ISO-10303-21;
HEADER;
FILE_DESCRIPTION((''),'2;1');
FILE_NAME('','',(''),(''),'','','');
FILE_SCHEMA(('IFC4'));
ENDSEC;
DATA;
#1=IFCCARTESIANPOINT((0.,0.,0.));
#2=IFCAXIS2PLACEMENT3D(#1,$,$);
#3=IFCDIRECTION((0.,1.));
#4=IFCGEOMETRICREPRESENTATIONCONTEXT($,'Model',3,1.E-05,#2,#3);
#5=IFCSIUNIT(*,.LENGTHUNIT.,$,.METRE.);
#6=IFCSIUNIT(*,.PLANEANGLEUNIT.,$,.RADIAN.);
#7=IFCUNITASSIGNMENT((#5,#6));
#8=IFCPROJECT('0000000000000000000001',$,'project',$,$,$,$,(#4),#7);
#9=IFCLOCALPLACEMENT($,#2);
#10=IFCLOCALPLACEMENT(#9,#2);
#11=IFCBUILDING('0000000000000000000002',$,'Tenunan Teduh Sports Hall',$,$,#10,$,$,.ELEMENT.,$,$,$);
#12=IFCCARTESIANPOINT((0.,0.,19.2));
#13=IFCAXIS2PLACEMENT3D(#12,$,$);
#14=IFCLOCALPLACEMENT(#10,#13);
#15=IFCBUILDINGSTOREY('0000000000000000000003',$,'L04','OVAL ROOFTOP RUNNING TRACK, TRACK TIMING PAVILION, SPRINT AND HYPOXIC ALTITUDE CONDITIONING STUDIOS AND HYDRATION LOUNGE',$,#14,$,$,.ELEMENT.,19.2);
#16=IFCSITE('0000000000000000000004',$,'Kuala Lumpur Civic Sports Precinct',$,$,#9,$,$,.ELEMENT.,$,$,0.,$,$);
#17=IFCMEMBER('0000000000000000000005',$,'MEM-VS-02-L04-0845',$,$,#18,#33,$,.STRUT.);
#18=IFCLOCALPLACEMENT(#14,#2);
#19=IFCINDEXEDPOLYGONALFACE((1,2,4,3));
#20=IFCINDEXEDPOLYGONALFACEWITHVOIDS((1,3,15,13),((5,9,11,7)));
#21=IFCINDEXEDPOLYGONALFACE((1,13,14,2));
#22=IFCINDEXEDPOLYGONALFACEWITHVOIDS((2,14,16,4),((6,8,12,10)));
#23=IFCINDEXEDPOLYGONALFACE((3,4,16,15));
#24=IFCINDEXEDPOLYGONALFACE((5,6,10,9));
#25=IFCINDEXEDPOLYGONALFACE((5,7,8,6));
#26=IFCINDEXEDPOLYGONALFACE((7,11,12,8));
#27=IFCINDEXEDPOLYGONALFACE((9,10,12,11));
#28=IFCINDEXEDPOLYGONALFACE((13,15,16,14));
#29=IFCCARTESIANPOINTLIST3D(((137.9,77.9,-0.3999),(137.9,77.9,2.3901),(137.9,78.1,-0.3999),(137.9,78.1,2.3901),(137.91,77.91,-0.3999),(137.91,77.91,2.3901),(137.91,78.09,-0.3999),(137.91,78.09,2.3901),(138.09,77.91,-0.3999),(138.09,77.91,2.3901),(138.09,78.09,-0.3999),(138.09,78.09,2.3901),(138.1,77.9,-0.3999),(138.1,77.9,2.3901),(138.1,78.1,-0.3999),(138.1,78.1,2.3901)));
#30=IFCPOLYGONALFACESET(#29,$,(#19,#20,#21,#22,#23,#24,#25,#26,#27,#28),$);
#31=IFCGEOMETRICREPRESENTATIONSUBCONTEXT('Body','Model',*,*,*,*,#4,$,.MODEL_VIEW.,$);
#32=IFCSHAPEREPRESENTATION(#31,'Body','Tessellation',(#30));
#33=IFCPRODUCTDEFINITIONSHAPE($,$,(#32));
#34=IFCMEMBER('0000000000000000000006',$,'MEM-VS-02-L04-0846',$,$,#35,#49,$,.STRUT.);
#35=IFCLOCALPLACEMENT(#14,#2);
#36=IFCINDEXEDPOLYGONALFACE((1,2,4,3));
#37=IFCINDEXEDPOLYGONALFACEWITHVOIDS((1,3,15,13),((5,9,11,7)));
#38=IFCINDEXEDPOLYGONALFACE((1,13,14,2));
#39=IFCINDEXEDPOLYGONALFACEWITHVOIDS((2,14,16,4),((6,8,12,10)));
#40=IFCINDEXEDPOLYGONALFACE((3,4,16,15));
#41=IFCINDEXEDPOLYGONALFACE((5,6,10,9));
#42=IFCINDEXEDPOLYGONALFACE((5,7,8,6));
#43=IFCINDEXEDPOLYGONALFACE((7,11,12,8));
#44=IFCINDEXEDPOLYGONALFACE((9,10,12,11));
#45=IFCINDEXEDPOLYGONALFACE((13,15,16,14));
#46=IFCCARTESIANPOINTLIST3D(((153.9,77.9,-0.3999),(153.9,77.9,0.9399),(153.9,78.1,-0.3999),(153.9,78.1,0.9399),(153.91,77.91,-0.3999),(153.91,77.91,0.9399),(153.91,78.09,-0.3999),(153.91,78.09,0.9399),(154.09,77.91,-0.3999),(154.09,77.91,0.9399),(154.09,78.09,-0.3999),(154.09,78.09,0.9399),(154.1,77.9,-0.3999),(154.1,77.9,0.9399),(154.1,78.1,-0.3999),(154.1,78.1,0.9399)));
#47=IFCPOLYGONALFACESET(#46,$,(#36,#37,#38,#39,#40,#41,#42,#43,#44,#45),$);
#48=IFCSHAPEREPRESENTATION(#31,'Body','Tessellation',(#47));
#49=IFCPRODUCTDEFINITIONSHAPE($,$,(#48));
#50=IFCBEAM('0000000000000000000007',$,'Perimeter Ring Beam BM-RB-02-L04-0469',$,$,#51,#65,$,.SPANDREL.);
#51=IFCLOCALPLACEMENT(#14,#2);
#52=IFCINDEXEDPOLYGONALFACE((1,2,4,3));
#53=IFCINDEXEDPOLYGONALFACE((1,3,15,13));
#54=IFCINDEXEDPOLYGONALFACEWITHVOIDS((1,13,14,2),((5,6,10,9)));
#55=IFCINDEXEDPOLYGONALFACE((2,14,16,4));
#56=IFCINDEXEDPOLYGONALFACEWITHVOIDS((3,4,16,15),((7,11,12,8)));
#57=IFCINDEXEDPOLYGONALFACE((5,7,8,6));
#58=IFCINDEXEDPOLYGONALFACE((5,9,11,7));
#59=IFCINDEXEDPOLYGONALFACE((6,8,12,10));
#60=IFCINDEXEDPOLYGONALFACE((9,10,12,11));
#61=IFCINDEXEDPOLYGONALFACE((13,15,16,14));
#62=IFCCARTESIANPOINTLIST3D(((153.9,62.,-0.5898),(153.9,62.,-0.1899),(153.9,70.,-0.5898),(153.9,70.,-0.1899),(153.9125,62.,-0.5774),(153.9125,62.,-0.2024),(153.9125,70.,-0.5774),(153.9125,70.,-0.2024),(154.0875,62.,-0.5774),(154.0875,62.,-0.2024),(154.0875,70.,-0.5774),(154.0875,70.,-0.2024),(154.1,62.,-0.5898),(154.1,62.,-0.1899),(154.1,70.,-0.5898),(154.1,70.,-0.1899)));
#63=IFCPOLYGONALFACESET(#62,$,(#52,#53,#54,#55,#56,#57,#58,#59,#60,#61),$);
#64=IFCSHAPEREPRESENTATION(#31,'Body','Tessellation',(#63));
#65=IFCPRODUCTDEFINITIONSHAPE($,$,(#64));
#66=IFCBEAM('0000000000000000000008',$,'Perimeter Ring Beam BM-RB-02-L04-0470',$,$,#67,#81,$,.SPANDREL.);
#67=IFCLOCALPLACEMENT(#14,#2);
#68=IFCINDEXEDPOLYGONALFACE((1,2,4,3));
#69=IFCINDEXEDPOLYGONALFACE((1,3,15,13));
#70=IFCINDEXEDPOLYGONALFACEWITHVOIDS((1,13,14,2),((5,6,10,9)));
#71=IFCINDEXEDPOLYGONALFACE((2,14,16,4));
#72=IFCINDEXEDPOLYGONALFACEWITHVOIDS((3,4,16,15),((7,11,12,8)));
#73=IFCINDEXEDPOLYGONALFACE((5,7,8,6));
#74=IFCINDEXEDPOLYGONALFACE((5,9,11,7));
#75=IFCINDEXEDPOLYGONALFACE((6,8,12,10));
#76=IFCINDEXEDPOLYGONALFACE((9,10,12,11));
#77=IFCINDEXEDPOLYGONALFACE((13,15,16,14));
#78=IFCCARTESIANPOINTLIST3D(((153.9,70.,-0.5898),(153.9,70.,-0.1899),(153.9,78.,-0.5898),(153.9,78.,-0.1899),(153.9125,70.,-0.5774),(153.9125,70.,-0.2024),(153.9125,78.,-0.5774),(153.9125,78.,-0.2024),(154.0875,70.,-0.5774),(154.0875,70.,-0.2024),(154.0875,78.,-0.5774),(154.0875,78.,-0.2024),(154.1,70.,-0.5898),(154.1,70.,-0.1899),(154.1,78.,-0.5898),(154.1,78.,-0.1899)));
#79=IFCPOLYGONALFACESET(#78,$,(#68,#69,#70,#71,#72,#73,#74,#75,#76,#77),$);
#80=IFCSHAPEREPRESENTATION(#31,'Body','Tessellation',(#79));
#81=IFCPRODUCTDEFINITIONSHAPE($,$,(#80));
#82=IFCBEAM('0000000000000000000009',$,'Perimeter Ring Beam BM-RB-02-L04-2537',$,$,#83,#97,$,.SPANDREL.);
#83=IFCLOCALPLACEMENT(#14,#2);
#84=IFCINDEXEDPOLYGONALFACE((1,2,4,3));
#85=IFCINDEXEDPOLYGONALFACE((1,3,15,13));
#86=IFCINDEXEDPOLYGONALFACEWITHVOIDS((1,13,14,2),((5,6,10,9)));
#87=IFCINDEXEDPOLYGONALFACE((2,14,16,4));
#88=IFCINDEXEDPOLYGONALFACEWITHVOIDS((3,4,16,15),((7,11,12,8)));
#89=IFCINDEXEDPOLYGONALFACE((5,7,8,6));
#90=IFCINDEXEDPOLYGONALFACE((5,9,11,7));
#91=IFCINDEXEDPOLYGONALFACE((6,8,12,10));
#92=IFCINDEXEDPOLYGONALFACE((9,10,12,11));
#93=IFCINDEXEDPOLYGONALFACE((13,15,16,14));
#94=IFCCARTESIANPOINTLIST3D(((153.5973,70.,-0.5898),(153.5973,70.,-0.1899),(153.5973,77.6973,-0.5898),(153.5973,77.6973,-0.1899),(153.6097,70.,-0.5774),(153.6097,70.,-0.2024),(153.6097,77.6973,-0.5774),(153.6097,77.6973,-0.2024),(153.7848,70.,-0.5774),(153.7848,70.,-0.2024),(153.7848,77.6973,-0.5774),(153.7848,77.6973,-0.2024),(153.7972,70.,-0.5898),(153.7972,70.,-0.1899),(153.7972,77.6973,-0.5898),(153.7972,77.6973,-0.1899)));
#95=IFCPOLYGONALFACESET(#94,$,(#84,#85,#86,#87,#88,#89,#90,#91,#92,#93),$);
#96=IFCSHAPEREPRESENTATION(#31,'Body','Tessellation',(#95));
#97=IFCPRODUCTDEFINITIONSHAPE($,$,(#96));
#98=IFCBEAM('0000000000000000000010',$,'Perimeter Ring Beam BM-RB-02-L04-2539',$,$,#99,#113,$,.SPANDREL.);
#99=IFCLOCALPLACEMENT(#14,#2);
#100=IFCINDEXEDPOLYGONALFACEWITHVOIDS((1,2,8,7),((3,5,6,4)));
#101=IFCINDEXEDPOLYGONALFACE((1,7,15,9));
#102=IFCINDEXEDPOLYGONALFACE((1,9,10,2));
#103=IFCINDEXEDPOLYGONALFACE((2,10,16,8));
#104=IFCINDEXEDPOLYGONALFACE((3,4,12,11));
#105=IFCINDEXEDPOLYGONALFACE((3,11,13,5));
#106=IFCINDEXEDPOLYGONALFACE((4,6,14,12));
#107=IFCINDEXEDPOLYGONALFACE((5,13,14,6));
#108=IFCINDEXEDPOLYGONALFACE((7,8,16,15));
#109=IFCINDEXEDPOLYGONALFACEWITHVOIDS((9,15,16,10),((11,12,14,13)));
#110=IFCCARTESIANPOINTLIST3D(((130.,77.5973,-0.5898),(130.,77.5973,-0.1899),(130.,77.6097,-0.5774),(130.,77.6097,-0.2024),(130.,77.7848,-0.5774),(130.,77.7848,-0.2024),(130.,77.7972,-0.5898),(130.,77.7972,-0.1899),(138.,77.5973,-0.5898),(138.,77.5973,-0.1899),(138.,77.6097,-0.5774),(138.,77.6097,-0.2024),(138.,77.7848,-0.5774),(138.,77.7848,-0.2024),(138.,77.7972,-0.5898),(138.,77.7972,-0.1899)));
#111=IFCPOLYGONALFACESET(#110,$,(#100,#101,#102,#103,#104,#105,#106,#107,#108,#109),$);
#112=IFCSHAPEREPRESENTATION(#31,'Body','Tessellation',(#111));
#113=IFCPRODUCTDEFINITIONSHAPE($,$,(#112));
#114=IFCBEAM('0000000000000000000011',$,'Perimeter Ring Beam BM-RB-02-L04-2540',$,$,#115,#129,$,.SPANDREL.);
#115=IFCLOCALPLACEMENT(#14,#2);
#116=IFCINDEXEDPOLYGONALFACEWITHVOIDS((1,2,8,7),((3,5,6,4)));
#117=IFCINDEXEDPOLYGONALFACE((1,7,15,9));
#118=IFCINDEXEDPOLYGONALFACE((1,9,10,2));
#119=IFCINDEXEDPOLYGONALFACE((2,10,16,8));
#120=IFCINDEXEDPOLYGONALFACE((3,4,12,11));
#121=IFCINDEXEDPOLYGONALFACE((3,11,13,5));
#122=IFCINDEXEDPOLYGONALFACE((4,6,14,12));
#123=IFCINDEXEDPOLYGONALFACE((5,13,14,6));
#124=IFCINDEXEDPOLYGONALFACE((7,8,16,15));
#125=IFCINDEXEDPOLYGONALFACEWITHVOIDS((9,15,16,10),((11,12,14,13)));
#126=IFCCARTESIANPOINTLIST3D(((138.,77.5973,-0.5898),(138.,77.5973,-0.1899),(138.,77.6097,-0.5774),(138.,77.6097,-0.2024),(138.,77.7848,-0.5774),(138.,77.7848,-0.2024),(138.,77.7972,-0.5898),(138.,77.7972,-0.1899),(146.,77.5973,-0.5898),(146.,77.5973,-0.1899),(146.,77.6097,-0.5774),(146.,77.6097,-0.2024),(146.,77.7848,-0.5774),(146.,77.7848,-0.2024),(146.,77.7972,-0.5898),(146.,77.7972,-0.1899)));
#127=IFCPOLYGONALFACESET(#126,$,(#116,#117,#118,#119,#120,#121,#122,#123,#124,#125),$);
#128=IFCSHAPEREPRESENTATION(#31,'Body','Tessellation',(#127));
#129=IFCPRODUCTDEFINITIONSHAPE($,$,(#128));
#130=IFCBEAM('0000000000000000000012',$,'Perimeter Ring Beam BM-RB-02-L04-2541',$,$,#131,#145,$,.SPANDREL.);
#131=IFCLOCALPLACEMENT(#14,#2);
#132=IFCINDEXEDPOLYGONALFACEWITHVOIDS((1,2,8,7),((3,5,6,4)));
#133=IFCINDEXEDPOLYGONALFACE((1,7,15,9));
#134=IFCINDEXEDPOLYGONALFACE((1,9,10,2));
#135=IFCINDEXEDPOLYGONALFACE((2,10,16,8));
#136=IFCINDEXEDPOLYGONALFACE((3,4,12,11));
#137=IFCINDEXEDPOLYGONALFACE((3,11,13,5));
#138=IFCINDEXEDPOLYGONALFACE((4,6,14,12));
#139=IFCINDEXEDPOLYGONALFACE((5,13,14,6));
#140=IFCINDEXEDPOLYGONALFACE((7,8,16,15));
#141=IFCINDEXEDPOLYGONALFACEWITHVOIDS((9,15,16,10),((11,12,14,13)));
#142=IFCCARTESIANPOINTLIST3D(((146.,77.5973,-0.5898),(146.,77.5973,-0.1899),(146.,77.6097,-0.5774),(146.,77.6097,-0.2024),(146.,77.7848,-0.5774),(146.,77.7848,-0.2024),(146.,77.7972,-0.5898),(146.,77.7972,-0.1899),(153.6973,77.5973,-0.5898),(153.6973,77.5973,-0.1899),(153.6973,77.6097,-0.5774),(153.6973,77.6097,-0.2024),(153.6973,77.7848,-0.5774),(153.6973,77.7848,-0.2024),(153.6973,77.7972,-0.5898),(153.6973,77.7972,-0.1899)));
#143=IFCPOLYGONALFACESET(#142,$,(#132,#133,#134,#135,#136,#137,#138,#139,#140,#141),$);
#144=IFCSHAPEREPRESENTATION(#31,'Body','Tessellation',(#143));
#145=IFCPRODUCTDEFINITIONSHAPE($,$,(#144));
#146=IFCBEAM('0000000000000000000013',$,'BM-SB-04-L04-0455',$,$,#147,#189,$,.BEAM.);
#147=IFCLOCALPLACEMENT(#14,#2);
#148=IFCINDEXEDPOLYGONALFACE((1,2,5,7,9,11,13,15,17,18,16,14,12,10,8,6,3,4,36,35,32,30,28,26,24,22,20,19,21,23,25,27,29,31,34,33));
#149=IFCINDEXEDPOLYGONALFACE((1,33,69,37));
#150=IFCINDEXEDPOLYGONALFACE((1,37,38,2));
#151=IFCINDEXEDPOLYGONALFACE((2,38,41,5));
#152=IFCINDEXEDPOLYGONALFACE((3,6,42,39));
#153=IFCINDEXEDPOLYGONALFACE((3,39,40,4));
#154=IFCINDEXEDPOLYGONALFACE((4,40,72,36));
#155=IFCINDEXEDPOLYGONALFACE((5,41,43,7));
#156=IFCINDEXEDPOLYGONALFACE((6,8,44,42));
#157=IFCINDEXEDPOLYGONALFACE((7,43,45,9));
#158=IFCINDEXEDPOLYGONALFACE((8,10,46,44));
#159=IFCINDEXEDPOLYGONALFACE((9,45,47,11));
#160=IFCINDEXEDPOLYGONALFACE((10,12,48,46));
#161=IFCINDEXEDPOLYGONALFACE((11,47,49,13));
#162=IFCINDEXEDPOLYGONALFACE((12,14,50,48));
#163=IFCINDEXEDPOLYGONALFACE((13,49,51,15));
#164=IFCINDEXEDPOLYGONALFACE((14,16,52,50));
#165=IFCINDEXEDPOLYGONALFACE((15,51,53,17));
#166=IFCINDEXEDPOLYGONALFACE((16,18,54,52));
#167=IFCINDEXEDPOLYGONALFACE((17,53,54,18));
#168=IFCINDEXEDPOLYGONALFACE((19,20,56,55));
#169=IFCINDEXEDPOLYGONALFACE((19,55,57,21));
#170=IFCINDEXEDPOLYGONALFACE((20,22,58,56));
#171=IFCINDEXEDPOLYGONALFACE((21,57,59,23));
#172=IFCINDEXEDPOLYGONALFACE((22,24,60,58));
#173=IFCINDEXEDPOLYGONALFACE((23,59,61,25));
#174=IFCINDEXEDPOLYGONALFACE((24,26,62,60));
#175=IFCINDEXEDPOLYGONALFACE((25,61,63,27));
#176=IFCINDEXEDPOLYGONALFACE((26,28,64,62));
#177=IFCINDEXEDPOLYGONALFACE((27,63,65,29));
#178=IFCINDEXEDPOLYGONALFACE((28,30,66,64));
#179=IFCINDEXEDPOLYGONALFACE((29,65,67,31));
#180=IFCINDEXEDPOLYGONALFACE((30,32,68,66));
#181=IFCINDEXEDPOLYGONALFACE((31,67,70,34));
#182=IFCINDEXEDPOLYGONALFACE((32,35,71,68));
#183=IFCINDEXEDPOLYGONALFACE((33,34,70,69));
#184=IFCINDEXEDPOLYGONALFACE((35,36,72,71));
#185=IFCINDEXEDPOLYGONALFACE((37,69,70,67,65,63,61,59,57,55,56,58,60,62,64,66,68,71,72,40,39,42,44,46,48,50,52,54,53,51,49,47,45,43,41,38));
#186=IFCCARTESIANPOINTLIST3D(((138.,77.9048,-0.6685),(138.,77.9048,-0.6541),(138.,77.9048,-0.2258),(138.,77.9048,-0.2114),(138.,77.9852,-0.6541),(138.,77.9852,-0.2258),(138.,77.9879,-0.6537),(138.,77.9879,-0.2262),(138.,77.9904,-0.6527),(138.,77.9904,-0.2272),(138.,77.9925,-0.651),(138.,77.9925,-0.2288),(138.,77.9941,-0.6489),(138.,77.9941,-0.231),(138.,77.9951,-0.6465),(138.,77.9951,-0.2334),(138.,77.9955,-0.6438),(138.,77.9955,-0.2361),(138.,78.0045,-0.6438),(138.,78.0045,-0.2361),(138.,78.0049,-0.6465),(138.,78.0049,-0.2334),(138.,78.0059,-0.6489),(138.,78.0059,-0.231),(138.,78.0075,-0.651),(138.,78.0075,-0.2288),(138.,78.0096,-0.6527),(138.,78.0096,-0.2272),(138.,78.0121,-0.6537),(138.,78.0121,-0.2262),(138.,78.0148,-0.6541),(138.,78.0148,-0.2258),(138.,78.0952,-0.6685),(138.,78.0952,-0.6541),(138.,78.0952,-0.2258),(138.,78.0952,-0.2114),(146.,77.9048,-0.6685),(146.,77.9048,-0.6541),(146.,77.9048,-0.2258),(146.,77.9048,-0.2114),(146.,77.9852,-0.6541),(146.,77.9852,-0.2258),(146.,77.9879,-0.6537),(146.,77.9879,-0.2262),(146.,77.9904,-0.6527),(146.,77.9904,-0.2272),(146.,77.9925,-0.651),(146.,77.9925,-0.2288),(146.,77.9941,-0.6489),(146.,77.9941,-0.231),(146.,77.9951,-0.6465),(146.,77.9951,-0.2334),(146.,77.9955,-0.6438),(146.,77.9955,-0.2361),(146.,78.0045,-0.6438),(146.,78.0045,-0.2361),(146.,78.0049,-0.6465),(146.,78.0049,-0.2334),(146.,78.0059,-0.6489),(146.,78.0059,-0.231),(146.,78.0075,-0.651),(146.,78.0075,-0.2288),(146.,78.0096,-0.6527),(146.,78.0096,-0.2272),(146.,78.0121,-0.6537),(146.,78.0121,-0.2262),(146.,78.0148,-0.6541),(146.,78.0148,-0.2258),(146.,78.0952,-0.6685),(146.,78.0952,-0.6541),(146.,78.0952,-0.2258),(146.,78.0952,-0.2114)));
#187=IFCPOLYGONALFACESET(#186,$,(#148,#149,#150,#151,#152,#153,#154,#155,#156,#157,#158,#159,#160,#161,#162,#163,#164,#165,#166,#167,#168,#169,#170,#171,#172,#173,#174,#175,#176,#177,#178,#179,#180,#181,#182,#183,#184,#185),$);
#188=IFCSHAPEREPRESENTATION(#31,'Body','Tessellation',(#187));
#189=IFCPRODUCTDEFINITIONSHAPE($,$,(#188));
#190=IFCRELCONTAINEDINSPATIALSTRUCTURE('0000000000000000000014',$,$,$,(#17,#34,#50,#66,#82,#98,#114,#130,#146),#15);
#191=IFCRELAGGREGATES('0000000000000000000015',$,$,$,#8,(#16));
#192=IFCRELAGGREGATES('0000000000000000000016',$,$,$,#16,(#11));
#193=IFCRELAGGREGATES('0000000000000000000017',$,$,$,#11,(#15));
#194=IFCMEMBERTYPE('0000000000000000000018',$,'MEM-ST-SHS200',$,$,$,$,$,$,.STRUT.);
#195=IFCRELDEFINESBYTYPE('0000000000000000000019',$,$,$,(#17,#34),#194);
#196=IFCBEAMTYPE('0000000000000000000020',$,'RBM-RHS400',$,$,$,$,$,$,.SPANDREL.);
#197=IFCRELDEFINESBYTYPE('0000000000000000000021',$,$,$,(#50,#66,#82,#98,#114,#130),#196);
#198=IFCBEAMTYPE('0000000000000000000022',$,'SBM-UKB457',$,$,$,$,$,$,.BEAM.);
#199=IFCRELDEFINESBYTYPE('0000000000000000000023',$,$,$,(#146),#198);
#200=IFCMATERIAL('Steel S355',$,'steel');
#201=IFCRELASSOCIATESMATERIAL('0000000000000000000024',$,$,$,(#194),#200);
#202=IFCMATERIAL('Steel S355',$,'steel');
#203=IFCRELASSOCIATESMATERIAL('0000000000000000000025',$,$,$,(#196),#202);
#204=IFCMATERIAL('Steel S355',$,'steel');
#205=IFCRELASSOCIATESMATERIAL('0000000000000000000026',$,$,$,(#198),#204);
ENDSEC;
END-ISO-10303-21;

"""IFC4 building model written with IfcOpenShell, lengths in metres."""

from ifc_helpers import new_model, si_unit, direction, frame, origin, origin_2d, place, context, subcontext, project, spatial, hollow_rectangle, i_section, extrude, material, material_profile, profile_set, type_object, element, save


model = new_model("IFC4")

# Units and contexts
model_context = context("Model", 3, precision=1e-05, world=origin(), true_north=direction((0.0, 1.0)))
body_context = subcontext(model_context, "Body", "Model", "MODEL_VIEW")
ifc_project = project(units=[si_unit("LENGTHUNIT", "METRE"), si_unit("PLANEANGLEUNIT", "RADIAN")], contexts=[model_context])

# Site, building, storey
site_placement = place(None, origin())
site = spatial("IfcSite", under=ifc_project, at=site_placement, Name="Kuala Lumpur Civic Sports Precinct", CompositionType="ELEMENT", RefElevation=0.0)
building_placement = place(site_placement, origin())
building = spatial("IfcBuilding", under=site, at=building_placement, Name="Tenunan Teduh Sports Hall", CompositionType="ELEMENT")
storey_placement = place(building_placement, frame((0.0, 0.0, 19.2)))
storey = spatial("IfcBuildingStorey", under=building, at=storey_placement, Name="L04", Description="OVAL ROOFTOP RUNNING TRACK, TRACK TIMING PAVILION, SPRINT AND HYPOXIC ALTITUDE CONDITIONING STUDIOS AND HYDRATION LOUNGE", CompositionType="ELEMENT", Elevation=19.2)

# Members
ifc_material_1 = material(Name="Steel S355", Category="steel")
ifc_material_profile_1 = material_profile(ifc_material_1, hollow_rectangle(XDim=0.2, YDim=0.2, WallThickness=0.01, at=origin_2d()), Name="SHS 200x200x10.0")
ifc_profile_set_1 = profile_set([ifc_material_profile_1], Name="Steel S355")
member_type_1 = type_object("IfcMemberType", Name="MEM-ST-SHS200", PredefinedType="STRUT", material=ifc_profile_set_1)
member_1_placement = place(storey_placement, frame((138.0, 78.0, -0.3999), z_axis=(0.0, 0.0, 1.0), x_axis=(1.0, 0.0, 0.0)))
element("IfcMember", 1, at=member_1_placement, inside=storey, type_object=member_type_1, Name="MEM-VS-02-L04-0845", PredefinedType="STRUT", context=body_context, shape_type="SweptSolid", body=[
    extrude(hollow_rectangle(XDim=0.2, YDim=0.2, WallThickness=0.01, at=origin_2d()), origin(), (0.0, 0.0, 1.0), 2.79),
])
member_2_placement = place(storey_placement, frame((154.0, 78.0, -0.3999), z_axis=(0.0, 0.0, 1.0), x_axis=(1.0, 0.0, 0.0)))
element("IfcMember", 2, at=member_2_placement, inside=storey, type_object=member_type_1, Name="MEM-VS-02-L04-0846", PredefinedType="STRUT", context=body_context, shape_type="SweptSolid", body=[
    extrude(hollow_rectangle(XDim=0.2, YDim=0.2, WallThickness=0.01, at=origin_2d()), origin(), (0.0, 0.0, 1.0), 1.3398),
])

# Beams
ifc_material_2 = material(Name="Steel S355", Category="steel")
ifc_material_profile_2 = material_profile(ifc_material_2, hollow_rectangle(XDim=0.2, YDim=0.3999, WallThickness=0.0125, at=origin_2d()), Name="RHS 400x200x12.5")
ifc_profile_set_2 = profile_set([ifc_material_profile_2], Name="Steel S355")
beam_type_1 = type_object("IfcBeamType", Name="RBM-RHS400", PredefinedType="SPANDREL", material=ifc_profile_set_2)
for number, where, z_axis, x_axis, name in (
    (3, (154.0, 62.0, -0.3899), (0.0, 1.0, 0.0), (-1.0, 0.0, 0.0), "Perimeter Ring Beam BM-RB-02-L04-0469"),
    (4, (154.0, 70.0, -0.3899), (0.0, 1.0, 0.0), (-1.0, 0.0, 0.0), "Perimeter Ring Beam BM-RB-02-L04-0470"),
):
    element("IfcBeam", number, at=place(storey_placement, frame(where, z_axis=z_axis, x_axis=x_axis)), inside=storey, type_object=beam_type_1, Name=name, PredefinedType="SPANDREL", context=body_context, shape_type="SweptSolid", body=[
        extrude(hollow_rectangle(XDim=0.2, YDim=0.3999, WallThickness=0.0125, at=origin_2d()), origin(), (0.0, 0.0, 1.0), 8.0),
    ])
beam_1_placement = place(storey_placement, frame((153.6973, 70.0, -0.3899), z_axis=(0.0, 1.0, 0.0), x_axis=(-1.0, 0.0, 0.0)))
element("IfcBeam", 5, at=beam_1_placement, inside=storey, type_object=beam_type_1, Name="Perimeter Ring Beam BM-RB-02-L04-2537", PredefinedType="SPANDREL", context=body_context, shape_type="SweptSolid", body=[
    extrude(hollow_rectangle(XDim=0.2, YDim=0.3999, WallThickness=0.0125, at=origin_2d()), origin(), (0.0, 0.0, 1.0), 7.6973),
])
for number, where, z_axis, x_axis, name in (
    (6, (130.0, 77.6973, -0.3899), (1.0, 0.0, 0.0), (0.0, 1.0, 0.0), "Perimeter Ring Beam BM-RB-02-L04-2539"),
    (7, (138.0, 77.6973, -0.3899), (1.0, 0.0, 0.0), (0.0, 1.0, 0.0), "Perimeter Ring Beam BM-RB-02-L04-2540"),
):
    element("IfcBeam", number, at=place(storey_placement, frame(where, z_axis=z_axis, x_axis=x_axis)), inside=storey, type_object=beam_type_1, Name=name, PredefinedType="SPANDREL", context=body_context, shape_type="SweptSolid", body=[
        extrude(hollow_rectangle(XDim=0.2, YDim=0.3999, WallThickness=0.0125, at=origin_2d()), origin(), (0.0, 0.0, 1.0), 8.0),
    ])
beam_2_placement = place(storey_placement, frame((146.0, 77.6973, -0.3899), z_axis=(1.0, 0.0, 0.0), x_axis=(0.0, 1.0, 0.0)))
element("IfcBeam", 8, at=beam_2_placement, inside=storey, type_object=beam_type_1, Name="Perimeter Ring Beam BM-RB-02-L04-2541", PredefinedType="SPANDREL", context=body_context, shape_type="SweptSolid", body=[
    extrude(hollow_rectangle(XDim=0.2, YDim=0.3999, WallThickness=0.0125, at=origin_2d()), origin(), (0.0, 0.0, 1.0), 7.6973),
])
ifc_material_3 = material(Name="Steel S355", Category="steel")
ifc_material_profile_3 = material_profile(ifc_material_3, i_section(OverallWidth=0.1904, OverallDepth=0.457, WebThickness=0.009, FlangeThickness=0.0144, FilletRadius=0.0103, at=origin_2d()), Name="UKB 457x191x74")
ifc_profile_set_3 = profile_set([ifc_material_profile_3], Name="Steel S355")
beam_type_2 = type_object("IfcBeamType", Name="SBM-UKB457", PredefinedType="BEAM", material=ifc_profile_set_3)
for number, where, z_axis, x_axis, name in (
    (9, (138.0, 78.0, -0.4399), (1.0, 0.0, 0.0), (0.0, 1.0, 0.0), "BM-SB-04-L04-0455"),
):
    element("IfcBeam", number, at=place(storey_placement, frame(where, z_axis=z_axis, x_axis=x_axis)), inside=storey, type_object=beam_type_2, Name=name, PredefinedType="BEAM", context=body_context, shape_type="SweptSolid", body=[
        extrude(i_section(OverallWidth=0.1904, OverallDepth=0.457, WebThickness=0.009, FlangeThickness=0.0144, FilletRadius=0.0103, at=origin_2d()), origin(), (0.0, 0.0, 1.0), 8.0),
    ])

save(model, "model.ifc")
